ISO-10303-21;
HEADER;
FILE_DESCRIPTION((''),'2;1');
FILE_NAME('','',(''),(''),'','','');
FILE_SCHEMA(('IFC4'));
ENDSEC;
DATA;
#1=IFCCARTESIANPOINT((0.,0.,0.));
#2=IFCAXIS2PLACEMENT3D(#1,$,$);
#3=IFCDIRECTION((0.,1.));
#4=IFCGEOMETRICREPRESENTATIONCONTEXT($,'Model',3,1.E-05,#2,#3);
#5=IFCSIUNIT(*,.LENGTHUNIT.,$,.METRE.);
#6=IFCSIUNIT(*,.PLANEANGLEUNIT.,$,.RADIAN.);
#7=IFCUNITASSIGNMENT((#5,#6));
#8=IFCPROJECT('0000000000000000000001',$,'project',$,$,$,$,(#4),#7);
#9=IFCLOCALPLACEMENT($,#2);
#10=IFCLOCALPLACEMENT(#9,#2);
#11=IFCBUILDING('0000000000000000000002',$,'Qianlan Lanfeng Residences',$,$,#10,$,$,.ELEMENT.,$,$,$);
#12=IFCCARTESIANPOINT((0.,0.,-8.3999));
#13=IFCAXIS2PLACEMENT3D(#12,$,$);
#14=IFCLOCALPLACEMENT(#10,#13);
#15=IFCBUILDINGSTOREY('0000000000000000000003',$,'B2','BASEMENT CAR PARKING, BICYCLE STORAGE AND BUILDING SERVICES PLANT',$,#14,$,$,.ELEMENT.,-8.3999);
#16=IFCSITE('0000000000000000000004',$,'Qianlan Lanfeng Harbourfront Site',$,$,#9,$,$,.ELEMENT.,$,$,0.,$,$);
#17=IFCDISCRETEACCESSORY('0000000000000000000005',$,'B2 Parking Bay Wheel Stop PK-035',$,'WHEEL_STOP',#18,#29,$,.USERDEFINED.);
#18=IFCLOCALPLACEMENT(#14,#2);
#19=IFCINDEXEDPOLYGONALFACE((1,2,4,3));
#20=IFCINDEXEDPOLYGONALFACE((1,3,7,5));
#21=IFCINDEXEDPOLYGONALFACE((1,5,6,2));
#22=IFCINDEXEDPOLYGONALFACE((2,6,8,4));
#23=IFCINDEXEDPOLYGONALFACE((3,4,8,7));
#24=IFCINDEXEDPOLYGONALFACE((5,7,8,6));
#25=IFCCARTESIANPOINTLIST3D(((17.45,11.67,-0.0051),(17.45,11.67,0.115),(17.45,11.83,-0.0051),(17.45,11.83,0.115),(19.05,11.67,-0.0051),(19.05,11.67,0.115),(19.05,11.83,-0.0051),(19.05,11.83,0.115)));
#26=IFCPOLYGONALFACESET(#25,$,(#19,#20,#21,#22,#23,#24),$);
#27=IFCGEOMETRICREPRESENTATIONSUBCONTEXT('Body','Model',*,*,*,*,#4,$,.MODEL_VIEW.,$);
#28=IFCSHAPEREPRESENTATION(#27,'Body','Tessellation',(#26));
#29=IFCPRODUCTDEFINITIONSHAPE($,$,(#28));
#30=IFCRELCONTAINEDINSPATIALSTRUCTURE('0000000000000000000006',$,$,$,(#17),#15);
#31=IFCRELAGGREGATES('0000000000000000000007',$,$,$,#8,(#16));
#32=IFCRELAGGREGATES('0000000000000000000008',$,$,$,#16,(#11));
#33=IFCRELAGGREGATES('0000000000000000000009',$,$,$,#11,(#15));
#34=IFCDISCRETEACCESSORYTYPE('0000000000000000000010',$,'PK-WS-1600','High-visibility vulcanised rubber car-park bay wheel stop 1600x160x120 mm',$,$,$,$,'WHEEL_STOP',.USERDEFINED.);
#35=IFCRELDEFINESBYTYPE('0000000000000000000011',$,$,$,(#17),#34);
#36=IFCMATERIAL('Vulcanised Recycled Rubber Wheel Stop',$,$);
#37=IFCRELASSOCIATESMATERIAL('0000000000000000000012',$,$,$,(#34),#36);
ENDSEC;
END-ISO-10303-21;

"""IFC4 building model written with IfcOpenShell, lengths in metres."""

from ifc_helpers import new_model, si_unit, direction, frame, origin, origin_2d, place, context, subcontext, project, spatial, rectangle, extrude, source, transform, mapped, material, type_object, element, save


model = new_model("IFC4")

# Units and contexts
model_context = context("Model", 3, precision=1e-05, world=origin(), true_north=direction((0.0, 1.0)))
body_context = subcontext(model_context, "Body", "Model", "MODEL_VIEW")
ifc_project = project(units=[si_unit("LENGTHUNIT", "METRE"), si_unit("PLANEANGLEUNIT", "RADIAN")], contexts=[model_context])

# Site, building, storey
site_placement = place(None, origin())
site = spatial("IfcSite", under=ifc_project, at=site_placement, Name="Qianlan Lanfeng Harbourfront Site", CompositionType="ELEMENT", RefElevation=0.0)
building_placement = place(site_placement, origin())
building = spatial("IfcBuilding", under=site, at=building_placement, Name="Qianlan Lanfeng Residences", CompositionType="ELEMENT")
storey_placement = place(building_placement, frame((0.0, 0.0, -8.3999)))
storey = spatial("IfcBuildingStorey", under=building, at=storey_placement, Name="B2", Description="BASEMENT CAR PARKING, BICYCLE STORAGE AND BUILDING SERVICES PLANT", CompositionType="ELEMENT", Elevation=-8.3999)

# Discrete accessory
ifc_material_1 = material(Name="Vulcanised Recycled Rubber Wheel Stop")
discrete_accessory_type = type_object("IfcDiscreteAccessoryType", Name="PK-WS-1600", Description="High-visibility vulcanised rubber car-park bay wheel stop 1600x160x120 mm", ElementType="WHEEL_STOP", PredefinedType="USERDEFINED", material=ifc_material_1)
shared_shape = source(origin(), body_context, "Body", "SweptSolid", [
    extrude(rectangle(XDim=1.6001, YDim=0.1599, at=origin_2d()), origin(), (0.0, 0.0, 1.0), 0.1201),
])
for number, where, z_axis, x_axis, name in (
    (1, (18.25, 11.75, -0.0051), (0.0, 0.0, 1.0), (1.0, 0.0, 0.0), "B2 Parking Bay Wheel Stop PK-035"),
):
    element("IfcDiscreteAccessory", number, at=place(storey_placement, frame(where, z_axis=z_axis, x_axis=x_axis)), inside=storey, type_object=discrete_accessory_type, Name=name, ObjectType="WHEEL_STOP", PredefinedType="USERDEFINED", context=body_context, shape_type="MappedRepresentation", body=[
        mapped(shared_shape, transform((0.0, 0.0, 0.0), scale=1.0)),
    ])

save(model, "model.ifc")
